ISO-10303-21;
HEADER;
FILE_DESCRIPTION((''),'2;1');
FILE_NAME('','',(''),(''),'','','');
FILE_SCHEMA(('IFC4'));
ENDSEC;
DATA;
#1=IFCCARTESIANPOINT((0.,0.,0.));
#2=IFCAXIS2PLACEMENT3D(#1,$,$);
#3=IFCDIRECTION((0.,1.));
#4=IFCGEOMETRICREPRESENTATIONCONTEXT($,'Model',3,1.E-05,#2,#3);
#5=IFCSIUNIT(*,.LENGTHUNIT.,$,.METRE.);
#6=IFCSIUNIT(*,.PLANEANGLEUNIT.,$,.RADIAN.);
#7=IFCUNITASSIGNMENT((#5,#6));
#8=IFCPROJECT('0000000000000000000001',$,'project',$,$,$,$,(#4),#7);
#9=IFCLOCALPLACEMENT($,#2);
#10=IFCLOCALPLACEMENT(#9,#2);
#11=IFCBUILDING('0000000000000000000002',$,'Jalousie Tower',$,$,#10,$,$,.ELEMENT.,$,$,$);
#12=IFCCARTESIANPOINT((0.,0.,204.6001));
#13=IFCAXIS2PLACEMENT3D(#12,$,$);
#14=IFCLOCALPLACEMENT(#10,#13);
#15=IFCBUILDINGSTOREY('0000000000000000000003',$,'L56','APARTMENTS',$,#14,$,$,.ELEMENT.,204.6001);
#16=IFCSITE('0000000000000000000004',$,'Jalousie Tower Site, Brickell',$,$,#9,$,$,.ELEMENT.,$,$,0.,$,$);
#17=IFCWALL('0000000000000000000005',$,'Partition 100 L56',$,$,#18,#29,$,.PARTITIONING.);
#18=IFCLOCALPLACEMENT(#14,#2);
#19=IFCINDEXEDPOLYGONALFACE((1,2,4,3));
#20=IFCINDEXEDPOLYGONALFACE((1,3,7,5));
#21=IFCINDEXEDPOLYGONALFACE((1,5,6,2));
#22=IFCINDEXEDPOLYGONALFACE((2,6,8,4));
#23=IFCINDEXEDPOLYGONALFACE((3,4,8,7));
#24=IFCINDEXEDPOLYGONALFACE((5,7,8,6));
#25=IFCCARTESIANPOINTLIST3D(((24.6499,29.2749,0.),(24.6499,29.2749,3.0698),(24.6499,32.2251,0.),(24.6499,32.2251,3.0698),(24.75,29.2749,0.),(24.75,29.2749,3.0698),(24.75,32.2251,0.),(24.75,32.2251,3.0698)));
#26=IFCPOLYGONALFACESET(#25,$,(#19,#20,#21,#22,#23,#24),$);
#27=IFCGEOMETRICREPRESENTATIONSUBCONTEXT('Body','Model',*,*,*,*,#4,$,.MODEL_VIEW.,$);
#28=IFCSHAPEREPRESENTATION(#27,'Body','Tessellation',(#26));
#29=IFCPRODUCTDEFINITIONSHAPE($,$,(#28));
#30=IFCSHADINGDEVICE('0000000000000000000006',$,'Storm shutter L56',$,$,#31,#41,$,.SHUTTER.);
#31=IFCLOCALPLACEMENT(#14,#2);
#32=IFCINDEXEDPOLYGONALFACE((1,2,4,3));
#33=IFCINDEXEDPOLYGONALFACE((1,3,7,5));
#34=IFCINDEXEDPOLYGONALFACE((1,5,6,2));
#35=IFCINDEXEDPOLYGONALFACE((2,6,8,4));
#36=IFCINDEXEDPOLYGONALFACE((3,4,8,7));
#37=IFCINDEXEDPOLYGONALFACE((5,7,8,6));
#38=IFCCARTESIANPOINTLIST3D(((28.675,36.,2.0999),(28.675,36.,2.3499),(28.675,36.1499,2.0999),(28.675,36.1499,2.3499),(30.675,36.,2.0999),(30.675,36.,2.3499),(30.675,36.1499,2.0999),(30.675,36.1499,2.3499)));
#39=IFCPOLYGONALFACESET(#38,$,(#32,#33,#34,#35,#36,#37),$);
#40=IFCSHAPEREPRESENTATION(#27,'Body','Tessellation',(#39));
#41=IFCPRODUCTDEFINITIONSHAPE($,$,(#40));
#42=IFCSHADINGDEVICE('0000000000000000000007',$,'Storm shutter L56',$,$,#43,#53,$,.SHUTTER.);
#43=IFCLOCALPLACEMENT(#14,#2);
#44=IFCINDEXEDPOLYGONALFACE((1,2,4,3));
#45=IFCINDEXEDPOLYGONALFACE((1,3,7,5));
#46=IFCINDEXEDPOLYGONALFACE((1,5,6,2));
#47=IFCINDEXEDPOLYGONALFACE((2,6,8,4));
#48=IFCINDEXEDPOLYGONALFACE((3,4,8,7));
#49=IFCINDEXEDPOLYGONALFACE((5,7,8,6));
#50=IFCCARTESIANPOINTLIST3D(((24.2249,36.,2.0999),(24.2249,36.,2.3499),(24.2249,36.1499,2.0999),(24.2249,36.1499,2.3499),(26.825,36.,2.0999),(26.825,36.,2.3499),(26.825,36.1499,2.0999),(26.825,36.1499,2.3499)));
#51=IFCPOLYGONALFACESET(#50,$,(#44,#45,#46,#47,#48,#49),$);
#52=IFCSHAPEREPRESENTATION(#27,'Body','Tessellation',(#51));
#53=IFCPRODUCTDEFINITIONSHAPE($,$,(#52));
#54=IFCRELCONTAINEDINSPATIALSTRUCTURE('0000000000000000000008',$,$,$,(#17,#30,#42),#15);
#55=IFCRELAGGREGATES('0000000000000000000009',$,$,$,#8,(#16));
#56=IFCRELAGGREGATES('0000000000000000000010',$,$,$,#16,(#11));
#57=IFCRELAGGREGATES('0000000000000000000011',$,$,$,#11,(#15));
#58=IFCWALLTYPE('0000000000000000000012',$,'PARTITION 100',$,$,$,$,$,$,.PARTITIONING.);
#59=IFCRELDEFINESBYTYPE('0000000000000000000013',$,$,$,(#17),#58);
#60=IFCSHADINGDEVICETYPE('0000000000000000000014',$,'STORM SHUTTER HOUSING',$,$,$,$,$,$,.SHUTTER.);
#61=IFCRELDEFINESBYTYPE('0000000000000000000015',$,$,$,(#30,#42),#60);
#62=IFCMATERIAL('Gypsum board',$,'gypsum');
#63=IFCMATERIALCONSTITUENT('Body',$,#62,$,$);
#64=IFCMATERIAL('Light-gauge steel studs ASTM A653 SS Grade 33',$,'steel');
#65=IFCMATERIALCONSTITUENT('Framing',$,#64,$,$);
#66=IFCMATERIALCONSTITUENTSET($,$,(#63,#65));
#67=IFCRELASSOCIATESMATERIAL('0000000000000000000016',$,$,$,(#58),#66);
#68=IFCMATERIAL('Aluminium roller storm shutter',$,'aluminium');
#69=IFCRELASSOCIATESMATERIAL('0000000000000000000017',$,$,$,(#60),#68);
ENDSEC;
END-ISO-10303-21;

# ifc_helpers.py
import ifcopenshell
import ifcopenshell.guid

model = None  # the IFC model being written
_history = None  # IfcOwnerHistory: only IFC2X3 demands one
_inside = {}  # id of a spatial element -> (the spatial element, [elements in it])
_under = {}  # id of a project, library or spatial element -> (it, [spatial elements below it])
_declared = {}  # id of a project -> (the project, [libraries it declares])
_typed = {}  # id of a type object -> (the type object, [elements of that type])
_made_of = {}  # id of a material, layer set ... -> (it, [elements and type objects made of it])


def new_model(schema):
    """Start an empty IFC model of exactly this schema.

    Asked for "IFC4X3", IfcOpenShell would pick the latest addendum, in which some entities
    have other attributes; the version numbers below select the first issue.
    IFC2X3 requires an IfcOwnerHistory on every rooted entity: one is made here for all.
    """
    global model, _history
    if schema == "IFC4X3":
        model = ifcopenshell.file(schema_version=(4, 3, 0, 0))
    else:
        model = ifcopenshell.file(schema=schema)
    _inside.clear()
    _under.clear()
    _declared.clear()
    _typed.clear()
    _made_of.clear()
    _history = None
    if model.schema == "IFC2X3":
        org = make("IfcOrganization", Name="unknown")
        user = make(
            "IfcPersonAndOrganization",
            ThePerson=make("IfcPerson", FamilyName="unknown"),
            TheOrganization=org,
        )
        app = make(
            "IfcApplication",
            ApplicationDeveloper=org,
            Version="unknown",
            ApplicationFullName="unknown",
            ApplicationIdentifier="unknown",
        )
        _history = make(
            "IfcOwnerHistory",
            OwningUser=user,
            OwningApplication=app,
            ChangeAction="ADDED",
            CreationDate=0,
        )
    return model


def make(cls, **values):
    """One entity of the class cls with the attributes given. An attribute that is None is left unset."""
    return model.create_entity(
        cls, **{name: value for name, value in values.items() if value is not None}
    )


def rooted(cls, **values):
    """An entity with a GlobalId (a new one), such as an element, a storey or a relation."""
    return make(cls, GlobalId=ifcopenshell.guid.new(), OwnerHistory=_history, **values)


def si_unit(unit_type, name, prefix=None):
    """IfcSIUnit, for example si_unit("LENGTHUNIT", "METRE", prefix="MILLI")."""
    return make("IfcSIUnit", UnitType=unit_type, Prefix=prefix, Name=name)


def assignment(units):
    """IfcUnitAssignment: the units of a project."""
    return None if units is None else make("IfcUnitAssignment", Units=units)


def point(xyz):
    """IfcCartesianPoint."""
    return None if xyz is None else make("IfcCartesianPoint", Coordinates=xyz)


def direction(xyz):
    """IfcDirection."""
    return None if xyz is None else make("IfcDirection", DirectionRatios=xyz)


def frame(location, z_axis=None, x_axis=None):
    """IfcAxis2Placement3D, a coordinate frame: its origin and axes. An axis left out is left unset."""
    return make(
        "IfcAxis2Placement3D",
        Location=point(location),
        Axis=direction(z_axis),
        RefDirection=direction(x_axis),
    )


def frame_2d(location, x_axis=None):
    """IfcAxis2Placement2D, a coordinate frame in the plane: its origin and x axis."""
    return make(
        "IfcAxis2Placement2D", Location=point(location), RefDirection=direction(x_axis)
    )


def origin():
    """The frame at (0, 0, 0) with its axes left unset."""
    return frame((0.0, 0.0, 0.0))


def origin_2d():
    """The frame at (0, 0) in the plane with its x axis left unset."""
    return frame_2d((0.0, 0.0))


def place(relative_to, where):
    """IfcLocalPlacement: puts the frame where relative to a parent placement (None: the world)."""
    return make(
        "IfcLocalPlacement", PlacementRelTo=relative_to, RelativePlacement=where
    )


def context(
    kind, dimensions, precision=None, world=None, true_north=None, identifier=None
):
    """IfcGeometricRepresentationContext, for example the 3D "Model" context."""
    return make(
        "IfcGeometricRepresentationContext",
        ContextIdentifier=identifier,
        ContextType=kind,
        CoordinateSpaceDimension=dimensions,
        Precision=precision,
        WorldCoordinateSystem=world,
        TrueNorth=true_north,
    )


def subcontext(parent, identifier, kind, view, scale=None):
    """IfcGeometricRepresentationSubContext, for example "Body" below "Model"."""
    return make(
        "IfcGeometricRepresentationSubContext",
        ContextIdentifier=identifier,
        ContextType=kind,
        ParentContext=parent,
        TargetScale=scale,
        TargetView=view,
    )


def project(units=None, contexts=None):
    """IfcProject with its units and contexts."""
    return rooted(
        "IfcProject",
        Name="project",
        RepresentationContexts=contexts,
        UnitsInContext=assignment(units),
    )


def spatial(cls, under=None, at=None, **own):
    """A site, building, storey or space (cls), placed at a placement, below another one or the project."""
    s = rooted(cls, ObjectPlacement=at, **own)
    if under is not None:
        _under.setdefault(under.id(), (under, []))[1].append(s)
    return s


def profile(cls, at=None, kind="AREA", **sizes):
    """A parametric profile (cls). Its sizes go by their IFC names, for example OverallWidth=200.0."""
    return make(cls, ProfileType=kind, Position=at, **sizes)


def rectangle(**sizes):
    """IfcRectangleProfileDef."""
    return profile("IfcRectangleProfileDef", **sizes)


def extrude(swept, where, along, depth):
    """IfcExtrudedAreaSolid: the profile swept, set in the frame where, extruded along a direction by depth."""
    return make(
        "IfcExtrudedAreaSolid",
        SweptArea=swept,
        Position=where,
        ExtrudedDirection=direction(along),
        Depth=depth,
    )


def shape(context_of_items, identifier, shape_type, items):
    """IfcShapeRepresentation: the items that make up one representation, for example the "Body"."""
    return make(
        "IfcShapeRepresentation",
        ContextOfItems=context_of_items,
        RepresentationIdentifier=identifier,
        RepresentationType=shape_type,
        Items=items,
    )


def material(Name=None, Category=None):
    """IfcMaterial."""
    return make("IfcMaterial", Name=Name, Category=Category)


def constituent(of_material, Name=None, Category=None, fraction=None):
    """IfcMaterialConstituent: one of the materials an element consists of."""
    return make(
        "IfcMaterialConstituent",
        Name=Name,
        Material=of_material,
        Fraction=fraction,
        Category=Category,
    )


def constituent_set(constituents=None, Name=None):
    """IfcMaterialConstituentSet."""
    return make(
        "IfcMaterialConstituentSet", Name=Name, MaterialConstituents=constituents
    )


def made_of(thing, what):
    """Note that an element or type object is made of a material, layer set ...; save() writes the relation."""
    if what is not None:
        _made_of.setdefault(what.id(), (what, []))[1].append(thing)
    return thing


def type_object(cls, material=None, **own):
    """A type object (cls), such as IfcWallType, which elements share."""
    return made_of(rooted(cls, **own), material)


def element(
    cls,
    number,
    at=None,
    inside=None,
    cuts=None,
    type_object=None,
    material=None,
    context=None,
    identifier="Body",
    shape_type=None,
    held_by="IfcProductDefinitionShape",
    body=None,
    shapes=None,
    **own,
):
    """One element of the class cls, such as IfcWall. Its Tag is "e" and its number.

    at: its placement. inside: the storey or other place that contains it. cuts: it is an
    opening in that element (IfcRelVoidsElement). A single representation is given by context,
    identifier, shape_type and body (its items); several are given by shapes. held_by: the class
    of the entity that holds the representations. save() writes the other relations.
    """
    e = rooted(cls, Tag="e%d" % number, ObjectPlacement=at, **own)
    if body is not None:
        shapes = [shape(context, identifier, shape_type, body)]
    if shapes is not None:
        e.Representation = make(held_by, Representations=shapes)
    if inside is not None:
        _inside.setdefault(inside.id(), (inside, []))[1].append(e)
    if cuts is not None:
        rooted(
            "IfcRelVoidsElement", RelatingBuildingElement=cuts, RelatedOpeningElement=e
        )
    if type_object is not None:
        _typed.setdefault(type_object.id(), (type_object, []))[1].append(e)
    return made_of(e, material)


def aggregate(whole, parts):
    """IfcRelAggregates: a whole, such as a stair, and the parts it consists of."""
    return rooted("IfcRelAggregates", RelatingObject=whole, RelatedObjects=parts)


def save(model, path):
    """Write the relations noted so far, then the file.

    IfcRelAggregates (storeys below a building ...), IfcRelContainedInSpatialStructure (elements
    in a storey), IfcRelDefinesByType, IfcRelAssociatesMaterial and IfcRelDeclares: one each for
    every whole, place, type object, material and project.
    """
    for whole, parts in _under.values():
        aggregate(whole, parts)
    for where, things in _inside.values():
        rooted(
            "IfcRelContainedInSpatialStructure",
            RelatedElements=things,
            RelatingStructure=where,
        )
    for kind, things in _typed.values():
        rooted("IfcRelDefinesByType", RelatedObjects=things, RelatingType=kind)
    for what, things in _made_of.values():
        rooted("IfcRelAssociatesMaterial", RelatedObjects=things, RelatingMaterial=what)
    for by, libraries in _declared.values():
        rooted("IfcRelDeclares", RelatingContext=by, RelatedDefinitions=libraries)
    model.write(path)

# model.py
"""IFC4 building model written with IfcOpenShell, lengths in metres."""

from ifc_helpers import new_model, si_unit, direction, frame, frame_2d, origin, origin_2d, place, context, subcontext, project, spatial, rectangle, extrude, material, constituent, constituent_set, type_object, element, save


model = new_model("IFC4")

# Units and contexts
model_context = context("Model", 3, precision=1e-05, world=origin(), true_north=direction((0.0, 1.0)))
body_context = subcontext(model_context, "Body", "Model", "MODEL_VIEW")
ifc_project = project(units=[si_unit("LENGTHUNIT", "METRE"), si_unit("PLANEANGLEUNIT", "RADIAN")], contexts=[model_context])

# Site, building, storey
site_placement = place(None, origin())
site = spatial("IfcSite", under=ifc_project, at=site_placement, Name="Jalousie Tower Site, Brickell", CompositionType="ELEMENT", RefElevation=0.0)
building_placement = place(site_placement, origin())
building = spatial("IfcBuilding", under=site, at=building_placement, Name="Jalousie Tower", CompositionType="ELEMENT")
storey_placement = place(building_placement, frame((0.0, 0.0, 204.6001)))
storey = spatial("IfcBuildingStorey", under=building, at=storey_placement, Name="L56", Description="APARTMENTS", CompositionType="ELEMENT", Elevation=204.6001)

# Shared definitions
ifc_material_1 = material(Name="Gypsum board", Category="gypsum")
ifc_constituent_1 = constituent(ifc_material_1, Name="Body")
ifc_material_2 = material(Name="Light-gauge steel studs ASTM A653 SS Grade 33", Category="steel")
ifc_constituent_2 = constituent(ifc_material_2, Name="Framing")
ifc_constituent_set_1 = constituent_set(constituents=[ifc_constituent_1, ifc_constituent_2])
wall_type_1 = type_object("IfcWallType", Name="PARTITION 100", PredefinedType="PARTITIONING", material=ifc_constituent_set_1)

# Wall
wall_1_placement = place(storey_placement, frame((24.7, 32.2251, 0.0), z_axis=(0.0, 0.0, 1.0), x_axis=(0.0, -1.0, 0.0)))
element("IfcWall", 1, at=wall_1_placement, inside=storey, type_object=wall_type_1, Name="Partition 100 L56", PredefinedType="PARTITIONING", context=body_context, shape_type="SweptSolid", body=[
    extrude(rectangle(XDim=2.9502, YDim=0.1001, at=frame_2d((1.4751, 0.0))), origin(), (0.0, 0.0, 1.0), 3.0698),
])

# Shading devices
ifc_material_3 = material(Name="Aluminium roller storm shutter", Category="aluminium")
shading_device_type = type_object("IfcShadingDeviceType", Name="STORM SHUTTER HOUSING", PredefinedType="SHUTTER", material=ifc_material_3)
shading_device_1_placement = place(storey_placement, frame((29.675, 36.075, 2.0999), z_axis=(0.0, 0.0, 1.0), x_axis=(-1.0, 0.0, 0.0)))
element("IfcShadingDevice", 2, at=shading_device_1_placement, inside=storey, type_object=shading_device_type, Name="Storm shutter L56", PredefinedType="SHUTTER", context=body_context, shape_type="SweptSolid", body=[
    extrude(rectangle(XDim=2.0, YDim=0.1499, at=origin_2d()), origin(), (0.0, 0.0, 1.0), 0.25),
])
shading_device_2_placement = place(storey_placement, frame((25.5249, 36.075, 2.0999), z_axis=(0.0, 0.0, 1.0), x_axis=(-1.0, 0.0, 0.0)))
element("IfcShadingDevice", 3, at=shading_device_2_placement, inside=storey, type_object=shading_device_type, Name="Storm shutter L56", PredefinedType="SHUTTER", context=body_context, shape_type="SweptSolid", body=[
    extrude(rectangle(XDim=2.6001, YDim=0.1499, at=origin_2d()), origin(), (0.0, 0.0, 1.0), 0.25),
])

save(model, "model.ifc")
